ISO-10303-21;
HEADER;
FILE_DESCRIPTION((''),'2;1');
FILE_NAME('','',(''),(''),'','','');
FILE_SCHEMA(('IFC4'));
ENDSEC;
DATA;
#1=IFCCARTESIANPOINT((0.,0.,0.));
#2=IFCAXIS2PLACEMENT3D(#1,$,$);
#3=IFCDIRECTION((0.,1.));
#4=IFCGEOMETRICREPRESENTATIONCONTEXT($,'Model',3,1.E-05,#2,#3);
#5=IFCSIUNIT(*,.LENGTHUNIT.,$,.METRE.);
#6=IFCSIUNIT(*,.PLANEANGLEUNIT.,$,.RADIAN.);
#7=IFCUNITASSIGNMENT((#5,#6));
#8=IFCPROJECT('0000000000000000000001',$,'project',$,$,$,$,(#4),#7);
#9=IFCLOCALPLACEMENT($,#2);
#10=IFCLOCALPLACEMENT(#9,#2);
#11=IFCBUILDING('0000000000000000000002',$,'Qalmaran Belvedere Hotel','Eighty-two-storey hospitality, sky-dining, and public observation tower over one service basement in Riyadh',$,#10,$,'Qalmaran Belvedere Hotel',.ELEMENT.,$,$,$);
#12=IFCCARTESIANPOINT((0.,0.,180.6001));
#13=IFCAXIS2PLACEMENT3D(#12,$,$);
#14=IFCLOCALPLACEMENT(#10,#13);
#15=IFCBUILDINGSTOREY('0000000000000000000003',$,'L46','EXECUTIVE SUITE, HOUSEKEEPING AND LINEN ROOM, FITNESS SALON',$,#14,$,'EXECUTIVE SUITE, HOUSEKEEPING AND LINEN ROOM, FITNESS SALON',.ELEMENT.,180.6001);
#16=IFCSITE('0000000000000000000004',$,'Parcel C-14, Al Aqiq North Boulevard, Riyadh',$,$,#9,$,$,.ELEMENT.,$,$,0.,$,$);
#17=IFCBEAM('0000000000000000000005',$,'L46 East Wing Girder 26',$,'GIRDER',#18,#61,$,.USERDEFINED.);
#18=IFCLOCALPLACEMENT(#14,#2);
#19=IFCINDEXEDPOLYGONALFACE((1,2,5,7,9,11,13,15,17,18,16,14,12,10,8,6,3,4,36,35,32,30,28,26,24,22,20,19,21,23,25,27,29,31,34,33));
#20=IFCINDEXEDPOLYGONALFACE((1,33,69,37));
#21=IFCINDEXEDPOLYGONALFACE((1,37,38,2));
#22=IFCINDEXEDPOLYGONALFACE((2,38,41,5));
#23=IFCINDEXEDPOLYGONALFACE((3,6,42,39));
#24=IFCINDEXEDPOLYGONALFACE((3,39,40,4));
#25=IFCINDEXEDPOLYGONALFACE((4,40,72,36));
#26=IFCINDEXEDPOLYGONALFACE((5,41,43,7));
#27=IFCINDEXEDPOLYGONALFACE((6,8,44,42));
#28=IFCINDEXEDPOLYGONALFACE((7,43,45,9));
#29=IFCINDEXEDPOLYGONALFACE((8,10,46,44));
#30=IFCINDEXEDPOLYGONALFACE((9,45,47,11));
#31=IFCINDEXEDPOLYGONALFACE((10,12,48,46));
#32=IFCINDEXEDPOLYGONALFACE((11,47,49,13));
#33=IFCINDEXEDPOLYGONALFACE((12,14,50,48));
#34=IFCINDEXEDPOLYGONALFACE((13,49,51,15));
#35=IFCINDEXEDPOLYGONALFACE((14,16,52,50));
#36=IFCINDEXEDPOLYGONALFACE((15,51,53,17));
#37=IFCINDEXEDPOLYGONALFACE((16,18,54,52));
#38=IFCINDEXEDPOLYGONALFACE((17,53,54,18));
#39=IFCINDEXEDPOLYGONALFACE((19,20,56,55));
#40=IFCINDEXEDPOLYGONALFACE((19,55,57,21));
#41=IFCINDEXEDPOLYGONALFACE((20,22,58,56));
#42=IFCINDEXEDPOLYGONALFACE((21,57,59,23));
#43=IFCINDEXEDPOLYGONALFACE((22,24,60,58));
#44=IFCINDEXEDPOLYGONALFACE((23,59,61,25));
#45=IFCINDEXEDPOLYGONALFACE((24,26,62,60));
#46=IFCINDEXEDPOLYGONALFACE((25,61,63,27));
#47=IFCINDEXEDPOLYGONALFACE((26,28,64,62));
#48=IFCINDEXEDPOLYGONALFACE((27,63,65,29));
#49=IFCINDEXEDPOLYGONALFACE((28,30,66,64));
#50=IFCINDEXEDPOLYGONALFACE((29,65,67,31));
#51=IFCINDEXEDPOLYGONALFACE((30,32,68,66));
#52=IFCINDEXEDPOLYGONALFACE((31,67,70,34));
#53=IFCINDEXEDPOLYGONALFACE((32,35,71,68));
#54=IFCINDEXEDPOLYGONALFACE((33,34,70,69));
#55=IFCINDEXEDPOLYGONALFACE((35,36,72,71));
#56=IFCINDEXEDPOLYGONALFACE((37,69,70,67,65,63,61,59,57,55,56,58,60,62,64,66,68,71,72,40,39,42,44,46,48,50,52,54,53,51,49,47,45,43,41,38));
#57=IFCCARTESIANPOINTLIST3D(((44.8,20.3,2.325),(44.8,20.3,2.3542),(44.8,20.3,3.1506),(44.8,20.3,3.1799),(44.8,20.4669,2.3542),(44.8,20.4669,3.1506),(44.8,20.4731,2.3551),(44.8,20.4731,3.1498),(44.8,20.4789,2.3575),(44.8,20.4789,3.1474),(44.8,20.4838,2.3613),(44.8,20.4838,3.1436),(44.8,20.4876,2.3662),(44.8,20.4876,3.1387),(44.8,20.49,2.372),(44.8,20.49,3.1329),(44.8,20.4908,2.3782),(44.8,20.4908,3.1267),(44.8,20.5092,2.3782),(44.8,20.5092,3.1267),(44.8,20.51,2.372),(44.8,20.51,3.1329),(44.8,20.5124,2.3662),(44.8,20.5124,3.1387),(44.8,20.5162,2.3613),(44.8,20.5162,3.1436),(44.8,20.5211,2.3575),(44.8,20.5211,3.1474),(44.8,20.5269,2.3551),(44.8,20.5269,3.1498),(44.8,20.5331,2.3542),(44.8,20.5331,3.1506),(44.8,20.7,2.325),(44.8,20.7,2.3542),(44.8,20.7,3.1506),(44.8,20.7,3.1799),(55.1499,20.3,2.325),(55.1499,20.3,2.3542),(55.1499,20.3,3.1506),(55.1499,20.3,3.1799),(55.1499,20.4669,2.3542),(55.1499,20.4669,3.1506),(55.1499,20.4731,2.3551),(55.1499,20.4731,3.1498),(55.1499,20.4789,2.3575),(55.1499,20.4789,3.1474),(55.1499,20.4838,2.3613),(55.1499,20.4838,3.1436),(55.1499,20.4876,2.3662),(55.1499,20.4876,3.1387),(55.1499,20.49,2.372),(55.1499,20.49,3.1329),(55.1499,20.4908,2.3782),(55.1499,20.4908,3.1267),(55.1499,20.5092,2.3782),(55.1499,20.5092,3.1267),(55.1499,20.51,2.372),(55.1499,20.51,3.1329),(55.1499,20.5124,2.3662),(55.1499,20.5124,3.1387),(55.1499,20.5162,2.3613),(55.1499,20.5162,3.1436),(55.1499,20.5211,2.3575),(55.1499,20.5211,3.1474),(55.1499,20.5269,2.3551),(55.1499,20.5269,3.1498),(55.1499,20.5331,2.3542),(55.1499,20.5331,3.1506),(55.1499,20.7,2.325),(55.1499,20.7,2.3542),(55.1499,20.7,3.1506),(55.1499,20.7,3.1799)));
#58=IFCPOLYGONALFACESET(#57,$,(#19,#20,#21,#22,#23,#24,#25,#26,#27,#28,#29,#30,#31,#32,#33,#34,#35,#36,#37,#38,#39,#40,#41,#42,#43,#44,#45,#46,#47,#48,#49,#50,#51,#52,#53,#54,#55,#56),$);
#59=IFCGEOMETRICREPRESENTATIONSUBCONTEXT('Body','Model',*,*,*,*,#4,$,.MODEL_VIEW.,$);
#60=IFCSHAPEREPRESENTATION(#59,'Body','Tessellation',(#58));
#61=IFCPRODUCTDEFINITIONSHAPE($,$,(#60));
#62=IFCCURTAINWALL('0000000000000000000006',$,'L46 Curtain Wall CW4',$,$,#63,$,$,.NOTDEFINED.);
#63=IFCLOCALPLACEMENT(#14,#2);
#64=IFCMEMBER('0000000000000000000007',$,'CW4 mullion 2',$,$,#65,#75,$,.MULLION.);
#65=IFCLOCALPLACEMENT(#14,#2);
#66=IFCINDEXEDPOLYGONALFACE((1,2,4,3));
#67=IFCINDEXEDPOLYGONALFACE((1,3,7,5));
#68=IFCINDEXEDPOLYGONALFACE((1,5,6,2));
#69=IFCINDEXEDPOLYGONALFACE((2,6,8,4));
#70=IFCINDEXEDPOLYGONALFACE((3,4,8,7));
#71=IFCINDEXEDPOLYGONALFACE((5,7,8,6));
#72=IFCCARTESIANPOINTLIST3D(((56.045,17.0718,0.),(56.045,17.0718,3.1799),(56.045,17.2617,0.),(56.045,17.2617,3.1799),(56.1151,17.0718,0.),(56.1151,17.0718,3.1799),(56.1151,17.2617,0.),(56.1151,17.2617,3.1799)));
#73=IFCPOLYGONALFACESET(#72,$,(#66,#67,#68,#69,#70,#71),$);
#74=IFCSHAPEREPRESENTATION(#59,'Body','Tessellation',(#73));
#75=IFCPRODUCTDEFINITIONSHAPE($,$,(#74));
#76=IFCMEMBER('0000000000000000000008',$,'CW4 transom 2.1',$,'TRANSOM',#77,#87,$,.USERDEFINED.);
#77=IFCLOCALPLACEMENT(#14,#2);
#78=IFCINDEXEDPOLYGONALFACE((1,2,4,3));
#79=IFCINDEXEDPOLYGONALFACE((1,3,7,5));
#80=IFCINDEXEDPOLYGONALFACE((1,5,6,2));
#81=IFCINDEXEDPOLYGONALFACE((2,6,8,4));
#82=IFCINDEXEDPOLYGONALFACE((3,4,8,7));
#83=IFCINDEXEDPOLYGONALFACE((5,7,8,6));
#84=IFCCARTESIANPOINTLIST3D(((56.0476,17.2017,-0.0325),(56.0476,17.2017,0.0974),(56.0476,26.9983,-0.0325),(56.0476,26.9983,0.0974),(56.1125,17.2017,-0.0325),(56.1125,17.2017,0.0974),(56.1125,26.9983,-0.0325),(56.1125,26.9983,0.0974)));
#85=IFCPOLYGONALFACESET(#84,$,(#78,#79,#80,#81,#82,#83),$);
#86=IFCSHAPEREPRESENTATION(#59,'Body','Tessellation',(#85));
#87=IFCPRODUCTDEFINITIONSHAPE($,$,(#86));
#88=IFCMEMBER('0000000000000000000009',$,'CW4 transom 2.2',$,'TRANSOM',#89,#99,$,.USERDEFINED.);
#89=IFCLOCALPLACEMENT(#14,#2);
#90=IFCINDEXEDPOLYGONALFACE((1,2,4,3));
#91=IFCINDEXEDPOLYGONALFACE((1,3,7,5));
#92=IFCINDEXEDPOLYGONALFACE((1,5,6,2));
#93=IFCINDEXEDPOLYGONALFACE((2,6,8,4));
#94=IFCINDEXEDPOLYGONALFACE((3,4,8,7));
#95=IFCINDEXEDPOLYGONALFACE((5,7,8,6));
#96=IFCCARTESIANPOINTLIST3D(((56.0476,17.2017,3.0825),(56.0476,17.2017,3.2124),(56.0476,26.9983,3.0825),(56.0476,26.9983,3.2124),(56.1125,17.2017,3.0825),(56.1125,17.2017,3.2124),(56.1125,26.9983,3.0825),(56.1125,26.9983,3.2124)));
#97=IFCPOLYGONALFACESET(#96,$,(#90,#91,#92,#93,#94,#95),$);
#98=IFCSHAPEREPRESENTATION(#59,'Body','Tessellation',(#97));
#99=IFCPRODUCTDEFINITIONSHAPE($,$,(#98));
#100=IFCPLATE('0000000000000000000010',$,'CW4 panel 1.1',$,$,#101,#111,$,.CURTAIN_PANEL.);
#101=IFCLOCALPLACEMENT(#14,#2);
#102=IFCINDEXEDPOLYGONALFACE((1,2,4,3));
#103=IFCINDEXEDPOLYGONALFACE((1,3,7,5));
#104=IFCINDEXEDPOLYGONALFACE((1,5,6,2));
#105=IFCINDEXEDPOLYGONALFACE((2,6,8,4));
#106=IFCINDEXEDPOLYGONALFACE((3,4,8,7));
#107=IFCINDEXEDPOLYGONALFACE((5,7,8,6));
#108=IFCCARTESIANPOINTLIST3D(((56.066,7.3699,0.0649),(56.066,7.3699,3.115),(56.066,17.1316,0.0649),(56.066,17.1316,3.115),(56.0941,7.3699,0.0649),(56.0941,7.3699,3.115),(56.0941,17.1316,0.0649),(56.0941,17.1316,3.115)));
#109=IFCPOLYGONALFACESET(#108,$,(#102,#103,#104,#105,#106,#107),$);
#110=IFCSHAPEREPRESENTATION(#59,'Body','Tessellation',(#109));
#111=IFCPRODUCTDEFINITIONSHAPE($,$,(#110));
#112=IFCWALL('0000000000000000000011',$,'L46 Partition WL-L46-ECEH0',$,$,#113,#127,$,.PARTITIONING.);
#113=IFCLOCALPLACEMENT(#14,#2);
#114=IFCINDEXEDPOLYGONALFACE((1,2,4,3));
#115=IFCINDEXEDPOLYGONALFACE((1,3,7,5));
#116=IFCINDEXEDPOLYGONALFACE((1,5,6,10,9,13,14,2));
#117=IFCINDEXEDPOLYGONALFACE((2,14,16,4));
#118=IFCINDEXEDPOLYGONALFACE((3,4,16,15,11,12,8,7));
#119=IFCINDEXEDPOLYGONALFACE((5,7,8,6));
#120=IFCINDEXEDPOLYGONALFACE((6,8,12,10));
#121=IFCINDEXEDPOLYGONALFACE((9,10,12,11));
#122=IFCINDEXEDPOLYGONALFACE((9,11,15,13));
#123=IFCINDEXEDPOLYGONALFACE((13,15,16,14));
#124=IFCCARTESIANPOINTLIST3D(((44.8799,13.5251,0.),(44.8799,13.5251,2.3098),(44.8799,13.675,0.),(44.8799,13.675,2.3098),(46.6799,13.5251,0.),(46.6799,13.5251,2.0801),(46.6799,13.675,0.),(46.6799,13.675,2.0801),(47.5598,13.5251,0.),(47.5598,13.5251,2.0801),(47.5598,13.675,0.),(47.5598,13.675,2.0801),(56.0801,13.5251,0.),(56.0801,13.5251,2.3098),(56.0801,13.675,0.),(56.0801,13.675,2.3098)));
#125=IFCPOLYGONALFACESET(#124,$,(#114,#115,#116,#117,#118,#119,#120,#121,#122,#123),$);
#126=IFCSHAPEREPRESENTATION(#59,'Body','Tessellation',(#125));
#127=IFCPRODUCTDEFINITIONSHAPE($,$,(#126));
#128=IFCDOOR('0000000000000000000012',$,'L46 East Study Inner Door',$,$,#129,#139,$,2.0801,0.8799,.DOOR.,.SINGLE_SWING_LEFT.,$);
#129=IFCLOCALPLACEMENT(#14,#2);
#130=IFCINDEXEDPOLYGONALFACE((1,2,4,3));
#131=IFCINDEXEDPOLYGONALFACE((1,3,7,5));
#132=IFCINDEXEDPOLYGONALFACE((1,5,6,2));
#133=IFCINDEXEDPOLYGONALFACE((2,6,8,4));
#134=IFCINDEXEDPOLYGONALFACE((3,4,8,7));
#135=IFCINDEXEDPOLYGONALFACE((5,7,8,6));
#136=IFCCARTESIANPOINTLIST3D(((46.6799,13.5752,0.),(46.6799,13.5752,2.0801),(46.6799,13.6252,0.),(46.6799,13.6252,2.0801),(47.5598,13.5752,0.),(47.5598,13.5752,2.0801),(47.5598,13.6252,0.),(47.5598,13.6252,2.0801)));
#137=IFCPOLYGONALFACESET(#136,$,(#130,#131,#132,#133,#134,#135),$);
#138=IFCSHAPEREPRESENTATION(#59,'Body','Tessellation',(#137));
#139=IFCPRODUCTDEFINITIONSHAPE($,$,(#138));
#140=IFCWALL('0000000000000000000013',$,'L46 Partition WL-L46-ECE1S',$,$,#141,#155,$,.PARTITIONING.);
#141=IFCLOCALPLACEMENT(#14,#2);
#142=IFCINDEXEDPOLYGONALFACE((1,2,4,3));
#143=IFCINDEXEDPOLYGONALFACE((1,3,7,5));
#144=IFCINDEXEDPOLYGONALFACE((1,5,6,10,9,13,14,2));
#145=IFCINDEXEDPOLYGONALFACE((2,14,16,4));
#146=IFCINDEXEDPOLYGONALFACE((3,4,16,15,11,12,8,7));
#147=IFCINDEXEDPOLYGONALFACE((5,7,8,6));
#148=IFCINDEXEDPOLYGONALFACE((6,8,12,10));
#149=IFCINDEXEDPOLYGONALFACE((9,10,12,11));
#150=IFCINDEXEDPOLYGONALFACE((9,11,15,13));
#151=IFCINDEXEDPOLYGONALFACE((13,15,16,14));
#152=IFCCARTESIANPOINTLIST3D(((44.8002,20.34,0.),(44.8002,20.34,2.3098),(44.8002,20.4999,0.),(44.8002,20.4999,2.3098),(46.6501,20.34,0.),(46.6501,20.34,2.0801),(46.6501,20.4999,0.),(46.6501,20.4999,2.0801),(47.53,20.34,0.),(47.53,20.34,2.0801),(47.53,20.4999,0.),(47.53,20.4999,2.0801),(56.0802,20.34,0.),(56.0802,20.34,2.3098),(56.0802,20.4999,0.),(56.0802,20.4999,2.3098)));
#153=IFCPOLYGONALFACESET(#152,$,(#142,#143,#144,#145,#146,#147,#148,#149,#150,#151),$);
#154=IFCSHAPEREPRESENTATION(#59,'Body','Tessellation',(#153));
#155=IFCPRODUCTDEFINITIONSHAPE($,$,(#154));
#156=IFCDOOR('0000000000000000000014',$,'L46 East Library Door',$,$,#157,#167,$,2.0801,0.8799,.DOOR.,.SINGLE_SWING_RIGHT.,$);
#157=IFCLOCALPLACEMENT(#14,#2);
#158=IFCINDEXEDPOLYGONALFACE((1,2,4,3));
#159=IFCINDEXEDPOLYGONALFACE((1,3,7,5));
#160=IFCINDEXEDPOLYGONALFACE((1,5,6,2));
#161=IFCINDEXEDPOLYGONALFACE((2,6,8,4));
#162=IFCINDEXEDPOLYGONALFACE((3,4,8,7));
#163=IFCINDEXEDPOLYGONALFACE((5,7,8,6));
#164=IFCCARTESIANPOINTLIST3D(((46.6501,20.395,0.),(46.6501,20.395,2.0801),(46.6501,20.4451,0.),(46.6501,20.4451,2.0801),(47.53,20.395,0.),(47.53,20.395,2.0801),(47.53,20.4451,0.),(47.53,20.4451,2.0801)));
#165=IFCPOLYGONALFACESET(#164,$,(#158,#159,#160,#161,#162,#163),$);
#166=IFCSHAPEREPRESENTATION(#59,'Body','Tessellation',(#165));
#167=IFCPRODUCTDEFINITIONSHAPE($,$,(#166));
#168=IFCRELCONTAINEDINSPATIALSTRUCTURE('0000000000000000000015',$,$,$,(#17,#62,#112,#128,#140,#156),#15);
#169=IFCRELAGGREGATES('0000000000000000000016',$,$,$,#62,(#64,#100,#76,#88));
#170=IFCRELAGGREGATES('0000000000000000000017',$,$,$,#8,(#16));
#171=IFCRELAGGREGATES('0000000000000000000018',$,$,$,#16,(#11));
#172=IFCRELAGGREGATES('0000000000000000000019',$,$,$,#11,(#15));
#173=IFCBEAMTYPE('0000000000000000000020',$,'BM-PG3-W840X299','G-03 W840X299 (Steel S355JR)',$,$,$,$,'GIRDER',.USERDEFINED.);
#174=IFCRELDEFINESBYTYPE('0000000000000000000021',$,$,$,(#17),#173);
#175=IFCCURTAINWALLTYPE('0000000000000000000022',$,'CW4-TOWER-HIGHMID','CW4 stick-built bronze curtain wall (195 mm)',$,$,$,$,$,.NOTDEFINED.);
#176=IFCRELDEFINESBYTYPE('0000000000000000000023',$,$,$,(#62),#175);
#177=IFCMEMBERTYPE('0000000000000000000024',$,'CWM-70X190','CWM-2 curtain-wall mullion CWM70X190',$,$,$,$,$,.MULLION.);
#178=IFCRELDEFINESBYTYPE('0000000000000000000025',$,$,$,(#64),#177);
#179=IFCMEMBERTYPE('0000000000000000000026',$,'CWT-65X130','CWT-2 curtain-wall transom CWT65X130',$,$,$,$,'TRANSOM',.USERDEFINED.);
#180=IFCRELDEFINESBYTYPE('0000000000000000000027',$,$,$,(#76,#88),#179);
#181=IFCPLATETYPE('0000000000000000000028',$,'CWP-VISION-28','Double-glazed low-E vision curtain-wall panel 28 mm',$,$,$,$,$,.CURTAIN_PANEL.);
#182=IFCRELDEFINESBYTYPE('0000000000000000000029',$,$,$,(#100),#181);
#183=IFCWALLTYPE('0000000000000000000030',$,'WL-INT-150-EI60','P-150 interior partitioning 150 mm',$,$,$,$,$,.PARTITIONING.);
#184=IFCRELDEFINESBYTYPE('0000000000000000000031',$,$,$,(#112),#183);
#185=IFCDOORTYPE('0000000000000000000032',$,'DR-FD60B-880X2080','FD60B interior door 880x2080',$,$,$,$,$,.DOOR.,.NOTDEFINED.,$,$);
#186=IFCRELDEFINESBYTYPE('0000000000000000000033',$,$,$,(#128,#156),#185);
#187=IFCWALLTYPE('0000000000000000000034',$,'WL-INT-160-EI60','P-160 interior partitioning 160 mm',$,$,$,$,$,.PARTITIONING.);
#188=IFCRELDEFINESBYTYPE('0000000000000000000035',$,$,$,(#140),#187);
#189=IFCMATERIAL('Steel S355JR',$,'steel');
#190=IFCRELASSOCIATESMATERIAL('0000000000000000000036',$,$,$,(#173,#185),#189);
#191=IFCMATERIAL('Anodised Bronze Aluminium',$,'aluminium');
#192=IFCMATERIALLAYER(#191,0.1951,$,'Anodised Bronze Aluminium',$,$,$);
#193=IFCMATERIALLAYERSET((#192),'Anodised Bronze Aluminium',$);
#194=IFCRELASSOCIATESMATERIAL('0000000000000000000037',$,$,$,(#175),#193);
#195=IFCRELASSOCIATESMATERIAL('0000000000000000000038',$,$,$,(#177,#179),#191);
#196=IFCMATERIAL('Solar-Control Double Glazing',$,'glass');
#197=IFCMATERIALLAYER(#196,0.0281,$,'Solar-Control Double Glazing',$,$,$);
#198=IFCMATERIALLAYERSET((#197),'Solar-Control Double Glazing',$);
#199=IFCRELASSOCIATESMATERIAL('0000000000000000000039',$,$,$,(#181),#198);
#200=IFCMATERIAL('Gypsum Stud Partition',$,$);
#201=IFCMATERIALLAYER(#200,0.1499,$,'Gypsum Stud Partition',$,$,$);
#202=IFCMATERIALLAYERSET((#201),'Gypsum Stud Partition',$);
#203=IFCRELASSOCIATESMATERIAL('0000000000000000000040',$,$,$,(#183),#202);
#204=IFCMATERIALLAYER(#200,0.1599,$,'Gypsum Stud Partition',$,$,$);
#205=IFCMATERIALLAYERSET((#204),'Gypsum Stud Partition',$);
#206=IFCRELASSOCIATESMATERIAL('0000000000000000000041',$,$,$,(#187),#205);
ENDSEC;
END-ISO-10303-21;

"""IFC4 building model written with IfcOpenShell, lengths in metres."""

from ifc_helpers import new_model, si_unit, direction, frame, frame_2d, origin, origin_2d, place, context, subcontext, project, spatial, rectangle, i_section, extrude, material, layer, layer_set, material_profile, profile_set, type_object, element, fill, aggregate, save


model = new_model("IFC4")

# Units and contexts
model_context = context("Model", 3, precision=1e-05, world=origin(), true_north=direction((0.0, 1.0)))
body_context = subcontext(model_context, "Body", "Model", "MODEL_VIEW")
ifc_project = project(units=[si_unit("LENGTHUNIT", "METRE"), si_unit("PLANEANGLEUNIT", "RADIAN")], contexts=[model_context])

# Site, building, storey
site_placement = place(None, origin())
site = spatial("IfcSite", under=ifc_project, at=site_placement, Name="Parcel C-14, Al Aqiq North Boulevard, Riyadh", CompositionType="ELEMENT", RefElevation=0.0)
building_placement = place(site_placement, origin())
building = spatial("IfcBuilding", under=site, at=building_placement, Name="Qalmaran Belvedere Hotel", Description="Eighty-two-storey hospitality, sky-dining, and public observation tower over one service basement in Riyadh", LongName="Qalmaran Belvedere Hotel", CompositionType="ELEMENT")
storey_placement = place(building_placement, frame((0.0, 0.0, 180.6001)))
storey = spatial("IfcBuildingStorey", under=building, at=storey_placement, Name="L46", Description="EXECUTIVE SUITE, HOUSEKEEPING AND LINEN ROOM, FITNESS SALON", LongName="EXECUTIVE SUITE, HOUSEKEEPING AND LINEN ROOM, FITNESS SALON", CompositionType="ELEMENT", Elevation=180.6001)

# Beam
ifc_material_1 = material(Name="Steel S355JR", Category="steel")
ifc_material_profile_1 = material_profile(ifc_material_1, i_section(OverallWidth=0.3999, OverallDepth=0.855, WebThickness=0.0183, FlangeThickness=0.0293, FilletRadius=0.0239, at=origin_2d()), Name="W840X299")
ifc_profile_set_1 = profile_set([ifc_material_profile_1], Name="Steel S355JR")
beam_type_1 = type_object("IfcBeamType", Name="BM-PG3-W840X299", Description="G-03 W840X299 (Steel S355JR)", ElementType="GIRDER", PredefinedType="USERDEFINED", material=ifc_profile_set_1)
beam_1_placement = place(storey_placement, frame((44.8, 20.5, 2.7524), z_axis=(1.0, 0.0, 0.0), x_axis=(0.0, 1.0, 0.0)))
element("IfcBeam", 1, at=beam_1_placement, inside=storey, type_object=beam_type_1, Name="L46 East Wing Girder 26", ObjectType="GIRDER", PredefinedType="USERDEFINED", context=body_context, shape_type="SweptSolid", body=[
    extrude(i_section(OverallWidth=0.3999, OverallDepth=0.855, WebThickness=0.0183, FlangeThickness=0.0293, FilletRadius=0.0239, at=origin_2d()), origin(), (0.0, 0.0, 1.0), 10.3499),
])

# Curtain wall, members, plate
ifc_material_2 = material(Name="Anodised Bronze Aluminium", Category="aluminium")
ifc_layer_1 = layer(ifc_material_2, 0.1951, Name="Anodised Bronze Aluminium")
ifc_layer_set_1 = layer_set([ifc_layer_1], Name="Anodised Bronze Aluminium")
curtain_wall_type = type_object("IfcCurtainWallType", Name="CW4-TOWER-HIGHMID", Description="CW4 stick-built bronze curtain wall (195 mm)", PredefinedType="NOTDEFINED", material=ifc_layer_set_1)
curtain_wall_placement = place(storey_placement, origin())
curtain_wall = element("IfcCurtainWall", 2, at=curtain_wall_placement, inside=storey, type_object=curtain_wall_type, Name="L46 Curtain Wall CW4", PredefinedType="NOTDEFINED")
ifc_material_profile_2 = material_profile(ifc_material_2, rectangle(XDim=0.0701, YDim=0.1899, at=origin_2d()), Name="CWM70X190")
ifc_profile_set_2 = profile_set([ifc_material_profile_2], Name="Anodised Bronze Aluminium")
member_type_1 = type_object("IfcMemberType", Name="CWM-70X190", Description="CWM-2 curtain-wall mullion CWM70X190", PredefinedType="MULLION", material=ifc_profile_set_2)
member_1_placement = place(storey_placement, frame((56.0801, 17.1667, 0.0), z_axis=(0.0, 0.0, 1.0), x_axis=(-1.0, 0.0, 0.0)))
member_1 = element("IfcMember", 3, at=member_1_placement, type_object=member_type_1, Name="CW4 mullion 2", PredefinedType="MULLION", context=body_context, shape_type="SweptSolid", body=[
    extrude(rectangle(XDim=0.0701, YDim=0.1899, at=origin_2d()), origin(), (0.0, 0.0, 1.0), 3.1799),
])
ifc_material_profile_3 = material_profile(ifc_material_2, rectangle(XDim=0.0649, YDim=0.1299, at=origin_2d()), Name="CWT65X130")
ifc_profile_set_3 = profile_set([ifc_material_profile_3], Name="Anodised Bronze Aluminium")
member_type_2 = type_object("IfcMemberType", Name="CWT-65X130", Description="CWT-2 curtain-wall transom CWT65X130", ElementType="TRANSOM", PredefinedType="USERDEFINED", material=ifc_profile_set_3)
member_2_placement = place(storey_placement, frame((56.0801, 17.2017, 0.0325), z_axis=(0.0, 1.0, 0.0), x_axis=(-1.0, 0.0, 0.0)))
member_2 = element("IfcMember", 4, at=member_2_placement, type_object=member_type_2, Name="CW4 transom 2.1", ObjectType="TRANSOM", PredefinedType="USERDEFINED", context=body_context, shape_type="SweptSolid", body=[
    extrude(rectangle(XDim=0.0649, YDim=0.1299, at=origin_2d()), origin(), (0.0, 0.0, 1.0), 9.7966),
])
member_3_placement = place(storey_placement, frame((56.0801, 17.2017, 3.1475), z_axis=(0.0, 1.0, 0.0), x_axis=(-1.0, 0.0, 0.0)))
member_3 = element("IfcMember", 5, at=member_3_placement, type_object=member_type_2, Name="CW4 transom 2.2", ObjectType="TRANSOM", PredefinedType="USERDEFINED", context=body_context, shape_type="SweptSolid", body=[
    extrude(rectangle(XDim=0.0649, YDim=0.1299, at=origin_2d()), origin(), (0.0, 0.0, 1.0), 9.7966),
])
ifc_material_3 = material(Name="Solar-Control Double Glazing", Category="glass")
ifc_layer_2 = layer(ifc_material_3, 0.0281, Name="Solar-Control Double Glazing")
ifc_layer_set_2 = layer_set([ifc_layer_2], Name="Solar-Control Double Glazing")
plate_type = type_object("IfcPlateType", Name="CWP-VISION-28", Description="Double-glazed low-E vision curtain-wall panel 28 mm", PredefinedType="CURTAIN_PANEL", material=ifc_layer_set_2)
plate_placement = place(storey_placement, frame((56.0801, 12.2507, 0.0649), z_axis=(0.0, 0.0, 1.0), x_axis=(0.0, 1.0, 0.0)))
plate = element("IfcPlate", 6, at=plate_placement, type_object=plate_type, Name="CW4 panel 1.1", PredefinedType="CURTAIN_PANEL", context=body_context, shape_type="SweptSolid", body=[
    extrude(rectangle(XDim=9.7617, YDim=0.0281, at=origin_2d()), origin(), (0.0, 0.0, 1.0), 3.05),
])
aggregate(curtain_wall, [member_1, plate, member_2, member_3])

# Walls, openings, doors
ifc_material_4 = material(Name="Gypsum Stud Partition")
ifc_layer_3 = layer(ifc_material_4, 0.1499, Name="Gypsum Stud Partition")
ifc_layer_set_3 = layer_set([ifc_layer_3], Name="Gypsum Stud Partition")
wall_type_1 = type_object("IfcWallType", Name="WL-INT-150-EI60", Description="P-150 interior partitioning 150 mm", PredefinedType="PARTITIONING", material=ifc_layer_set_3)
wall_1_placement = place(storey_placement, frame((44.8799, 13.6001, 0.0), z_axis=(0.0, 0.0, 1.0), x_axis=(1.0, 0.0, 0.0)))
wall_1 = element("IfcWall", 7, at=wall_1_placement, inside=storey, type_object=wall_type_1, Name="L46 Partition WL-L46-ECEH0", PredefinedType="PARTITIONING", context=body_context, shape_type="SweptSolid", body=[
    extrude(rectangle(XDim=11.2002, YDim=0.1499, at=frame_2d((5.6001, 0.0))), origin(), (0.0, 0.0, 1.0), 2.3098),
])
opening_1_placement = place(wall_1_placement, frame((2.6799, 0.0, 0.0), z_axis=(0.0, 0.0, 1.0), x_axis=(-1.0, 0.0, 0.0)))
opening_1 = element("IfcOpeningElement", 8, at=opening_1_placement, cuts=wall_1, PredefinedType="OPENING", context=body_context, shape_type="SweptSolid", body=[
    extrude(rectangle(XDim=0.8799, YDim=2.0801, at=frame_2d((0.4399, 1.04))), frame((0.0, 0.085, 0.0), z_axis=(0.0, -1.0, 0.0), x_axis=(1.0, 0.0, 0.0)), (0.0, 0.0, 1.0), 0.1699),
])
door_type = type_object("IfcDoorType", Name="DR-FD60B-880X2080", Description="FD60B interior door 880x2080", OperationType="NOTDEFINED", PredefinedType="DOOR", material=ifc_material_1)
door_1_placement = place(opening_1_placement, origin())
door_1 = element("IfcDoor", 9, at=door_1_placement, inside=storey, type_object=door_type, Name="L46 East Study Inner Door", OperationType="SINGLE_SWING_LEFT", OverallHeight=2.0801, OverallWidth=0.8799, PredefinedType="DOOR", context=body_context, shape_type="SweptSolid", body=[
    extrude(rectangle(XDim=0.8799, YDim=2.0801, at=frame_2d((0.4399, 1.04))), frame((0.0, 0.0249, 0.0), z_axis=(0.0, -1.0, 0.0), x_axis=(1.0, 0.0, 0.0)), (0.0, 0.0, 1.0), 0.05),
])
fill(opening_1, door_1)
ifc_layer_4 = layer(ifc_material_4, 0.1599, Name="Gypsum Stud Partition")
ifc_layer_set_4 = layer_set([ifc_layer_4], Name="Gypsum Stud Partition")
wall_type_2 = type_object("IfcWallType", Name="WL-INT-160-EI60", Description="P-160 interior partitioning 160 mm", PredefinedType="PARTITIONING", material=ifc_layer_set_4)
wall_2_placement = place(storey_placement, frame((44.8, 20.4199, 0.0), z_axis=(0.0, 0.0, 1.0), x_axis=(1.0, 0.0, 0.0)))
wall_2 = element("IfcWall", 10, at=wall_2_placement, inside=storey, type_object=wall_type_2, Name="L46 Partition WL-L46-ECE1S", PredefinedType="PARTITIONING", context=body_context, shape_type="SweptSolid", body=[
    extrude(rectangle(XDim=11.28, YDim=0.1599, at=frame_2d((5.6401, 0.0))), origin(), (0.0, 0.0, 1.0), 2.3098),
])
opening_2_placement = place(wall_2_placement, frame((2.73, 0.0, 0.0), z_axis=(0.0, 0.0, 1.0), x_axis=(-1.0, 0.0, 0.0)))
opening_2 = element("IfcOpeningElement", 11, at=opening_2_placement, cuts=wall_2, PredefinedType="OPENING", context=body_context, shape_type="SweptSolid", body=[
    extrude(rectangle(XDim=0.8799, YDim=2.0801, at=frame_2d((0.4399, 1.04))), frame((0.0, 0.0898, 0.0), z_axis=(0.0, -1.0, 0.0), x_axis=(1.0, 0.0, 0.0)), (0.0, 0.0, 1.0), 0.1799),
])
door_2_placement = place(opening_2_placement, origin())
door_2 = element("IfcDoor", 12, at=door_2_placement, inside=storey, type_object=door_type, Name="L46 East Library Door", OperationType="SINGLE_SWING_RIGHT", OverallHeight=2.0801, OverallWidth=0.8799, PredefinedType="DOOR", context=body_context, shape_type="SweptSolid", body=[
    extrude(rectangle(XDim=0.8799, YDim=2.0801, at=frame_2d((0.4399, 1.04))), frame((0.0, 0.0249, 0.0), z_axis=(0.0, -1.0, 0.0), x_axis=(1.0, 0.0, 0.0)), (0.0, 0.0, 1.0), 0.05),
])
fill(opening_2, door_2)

save(model, "model.ifc")
